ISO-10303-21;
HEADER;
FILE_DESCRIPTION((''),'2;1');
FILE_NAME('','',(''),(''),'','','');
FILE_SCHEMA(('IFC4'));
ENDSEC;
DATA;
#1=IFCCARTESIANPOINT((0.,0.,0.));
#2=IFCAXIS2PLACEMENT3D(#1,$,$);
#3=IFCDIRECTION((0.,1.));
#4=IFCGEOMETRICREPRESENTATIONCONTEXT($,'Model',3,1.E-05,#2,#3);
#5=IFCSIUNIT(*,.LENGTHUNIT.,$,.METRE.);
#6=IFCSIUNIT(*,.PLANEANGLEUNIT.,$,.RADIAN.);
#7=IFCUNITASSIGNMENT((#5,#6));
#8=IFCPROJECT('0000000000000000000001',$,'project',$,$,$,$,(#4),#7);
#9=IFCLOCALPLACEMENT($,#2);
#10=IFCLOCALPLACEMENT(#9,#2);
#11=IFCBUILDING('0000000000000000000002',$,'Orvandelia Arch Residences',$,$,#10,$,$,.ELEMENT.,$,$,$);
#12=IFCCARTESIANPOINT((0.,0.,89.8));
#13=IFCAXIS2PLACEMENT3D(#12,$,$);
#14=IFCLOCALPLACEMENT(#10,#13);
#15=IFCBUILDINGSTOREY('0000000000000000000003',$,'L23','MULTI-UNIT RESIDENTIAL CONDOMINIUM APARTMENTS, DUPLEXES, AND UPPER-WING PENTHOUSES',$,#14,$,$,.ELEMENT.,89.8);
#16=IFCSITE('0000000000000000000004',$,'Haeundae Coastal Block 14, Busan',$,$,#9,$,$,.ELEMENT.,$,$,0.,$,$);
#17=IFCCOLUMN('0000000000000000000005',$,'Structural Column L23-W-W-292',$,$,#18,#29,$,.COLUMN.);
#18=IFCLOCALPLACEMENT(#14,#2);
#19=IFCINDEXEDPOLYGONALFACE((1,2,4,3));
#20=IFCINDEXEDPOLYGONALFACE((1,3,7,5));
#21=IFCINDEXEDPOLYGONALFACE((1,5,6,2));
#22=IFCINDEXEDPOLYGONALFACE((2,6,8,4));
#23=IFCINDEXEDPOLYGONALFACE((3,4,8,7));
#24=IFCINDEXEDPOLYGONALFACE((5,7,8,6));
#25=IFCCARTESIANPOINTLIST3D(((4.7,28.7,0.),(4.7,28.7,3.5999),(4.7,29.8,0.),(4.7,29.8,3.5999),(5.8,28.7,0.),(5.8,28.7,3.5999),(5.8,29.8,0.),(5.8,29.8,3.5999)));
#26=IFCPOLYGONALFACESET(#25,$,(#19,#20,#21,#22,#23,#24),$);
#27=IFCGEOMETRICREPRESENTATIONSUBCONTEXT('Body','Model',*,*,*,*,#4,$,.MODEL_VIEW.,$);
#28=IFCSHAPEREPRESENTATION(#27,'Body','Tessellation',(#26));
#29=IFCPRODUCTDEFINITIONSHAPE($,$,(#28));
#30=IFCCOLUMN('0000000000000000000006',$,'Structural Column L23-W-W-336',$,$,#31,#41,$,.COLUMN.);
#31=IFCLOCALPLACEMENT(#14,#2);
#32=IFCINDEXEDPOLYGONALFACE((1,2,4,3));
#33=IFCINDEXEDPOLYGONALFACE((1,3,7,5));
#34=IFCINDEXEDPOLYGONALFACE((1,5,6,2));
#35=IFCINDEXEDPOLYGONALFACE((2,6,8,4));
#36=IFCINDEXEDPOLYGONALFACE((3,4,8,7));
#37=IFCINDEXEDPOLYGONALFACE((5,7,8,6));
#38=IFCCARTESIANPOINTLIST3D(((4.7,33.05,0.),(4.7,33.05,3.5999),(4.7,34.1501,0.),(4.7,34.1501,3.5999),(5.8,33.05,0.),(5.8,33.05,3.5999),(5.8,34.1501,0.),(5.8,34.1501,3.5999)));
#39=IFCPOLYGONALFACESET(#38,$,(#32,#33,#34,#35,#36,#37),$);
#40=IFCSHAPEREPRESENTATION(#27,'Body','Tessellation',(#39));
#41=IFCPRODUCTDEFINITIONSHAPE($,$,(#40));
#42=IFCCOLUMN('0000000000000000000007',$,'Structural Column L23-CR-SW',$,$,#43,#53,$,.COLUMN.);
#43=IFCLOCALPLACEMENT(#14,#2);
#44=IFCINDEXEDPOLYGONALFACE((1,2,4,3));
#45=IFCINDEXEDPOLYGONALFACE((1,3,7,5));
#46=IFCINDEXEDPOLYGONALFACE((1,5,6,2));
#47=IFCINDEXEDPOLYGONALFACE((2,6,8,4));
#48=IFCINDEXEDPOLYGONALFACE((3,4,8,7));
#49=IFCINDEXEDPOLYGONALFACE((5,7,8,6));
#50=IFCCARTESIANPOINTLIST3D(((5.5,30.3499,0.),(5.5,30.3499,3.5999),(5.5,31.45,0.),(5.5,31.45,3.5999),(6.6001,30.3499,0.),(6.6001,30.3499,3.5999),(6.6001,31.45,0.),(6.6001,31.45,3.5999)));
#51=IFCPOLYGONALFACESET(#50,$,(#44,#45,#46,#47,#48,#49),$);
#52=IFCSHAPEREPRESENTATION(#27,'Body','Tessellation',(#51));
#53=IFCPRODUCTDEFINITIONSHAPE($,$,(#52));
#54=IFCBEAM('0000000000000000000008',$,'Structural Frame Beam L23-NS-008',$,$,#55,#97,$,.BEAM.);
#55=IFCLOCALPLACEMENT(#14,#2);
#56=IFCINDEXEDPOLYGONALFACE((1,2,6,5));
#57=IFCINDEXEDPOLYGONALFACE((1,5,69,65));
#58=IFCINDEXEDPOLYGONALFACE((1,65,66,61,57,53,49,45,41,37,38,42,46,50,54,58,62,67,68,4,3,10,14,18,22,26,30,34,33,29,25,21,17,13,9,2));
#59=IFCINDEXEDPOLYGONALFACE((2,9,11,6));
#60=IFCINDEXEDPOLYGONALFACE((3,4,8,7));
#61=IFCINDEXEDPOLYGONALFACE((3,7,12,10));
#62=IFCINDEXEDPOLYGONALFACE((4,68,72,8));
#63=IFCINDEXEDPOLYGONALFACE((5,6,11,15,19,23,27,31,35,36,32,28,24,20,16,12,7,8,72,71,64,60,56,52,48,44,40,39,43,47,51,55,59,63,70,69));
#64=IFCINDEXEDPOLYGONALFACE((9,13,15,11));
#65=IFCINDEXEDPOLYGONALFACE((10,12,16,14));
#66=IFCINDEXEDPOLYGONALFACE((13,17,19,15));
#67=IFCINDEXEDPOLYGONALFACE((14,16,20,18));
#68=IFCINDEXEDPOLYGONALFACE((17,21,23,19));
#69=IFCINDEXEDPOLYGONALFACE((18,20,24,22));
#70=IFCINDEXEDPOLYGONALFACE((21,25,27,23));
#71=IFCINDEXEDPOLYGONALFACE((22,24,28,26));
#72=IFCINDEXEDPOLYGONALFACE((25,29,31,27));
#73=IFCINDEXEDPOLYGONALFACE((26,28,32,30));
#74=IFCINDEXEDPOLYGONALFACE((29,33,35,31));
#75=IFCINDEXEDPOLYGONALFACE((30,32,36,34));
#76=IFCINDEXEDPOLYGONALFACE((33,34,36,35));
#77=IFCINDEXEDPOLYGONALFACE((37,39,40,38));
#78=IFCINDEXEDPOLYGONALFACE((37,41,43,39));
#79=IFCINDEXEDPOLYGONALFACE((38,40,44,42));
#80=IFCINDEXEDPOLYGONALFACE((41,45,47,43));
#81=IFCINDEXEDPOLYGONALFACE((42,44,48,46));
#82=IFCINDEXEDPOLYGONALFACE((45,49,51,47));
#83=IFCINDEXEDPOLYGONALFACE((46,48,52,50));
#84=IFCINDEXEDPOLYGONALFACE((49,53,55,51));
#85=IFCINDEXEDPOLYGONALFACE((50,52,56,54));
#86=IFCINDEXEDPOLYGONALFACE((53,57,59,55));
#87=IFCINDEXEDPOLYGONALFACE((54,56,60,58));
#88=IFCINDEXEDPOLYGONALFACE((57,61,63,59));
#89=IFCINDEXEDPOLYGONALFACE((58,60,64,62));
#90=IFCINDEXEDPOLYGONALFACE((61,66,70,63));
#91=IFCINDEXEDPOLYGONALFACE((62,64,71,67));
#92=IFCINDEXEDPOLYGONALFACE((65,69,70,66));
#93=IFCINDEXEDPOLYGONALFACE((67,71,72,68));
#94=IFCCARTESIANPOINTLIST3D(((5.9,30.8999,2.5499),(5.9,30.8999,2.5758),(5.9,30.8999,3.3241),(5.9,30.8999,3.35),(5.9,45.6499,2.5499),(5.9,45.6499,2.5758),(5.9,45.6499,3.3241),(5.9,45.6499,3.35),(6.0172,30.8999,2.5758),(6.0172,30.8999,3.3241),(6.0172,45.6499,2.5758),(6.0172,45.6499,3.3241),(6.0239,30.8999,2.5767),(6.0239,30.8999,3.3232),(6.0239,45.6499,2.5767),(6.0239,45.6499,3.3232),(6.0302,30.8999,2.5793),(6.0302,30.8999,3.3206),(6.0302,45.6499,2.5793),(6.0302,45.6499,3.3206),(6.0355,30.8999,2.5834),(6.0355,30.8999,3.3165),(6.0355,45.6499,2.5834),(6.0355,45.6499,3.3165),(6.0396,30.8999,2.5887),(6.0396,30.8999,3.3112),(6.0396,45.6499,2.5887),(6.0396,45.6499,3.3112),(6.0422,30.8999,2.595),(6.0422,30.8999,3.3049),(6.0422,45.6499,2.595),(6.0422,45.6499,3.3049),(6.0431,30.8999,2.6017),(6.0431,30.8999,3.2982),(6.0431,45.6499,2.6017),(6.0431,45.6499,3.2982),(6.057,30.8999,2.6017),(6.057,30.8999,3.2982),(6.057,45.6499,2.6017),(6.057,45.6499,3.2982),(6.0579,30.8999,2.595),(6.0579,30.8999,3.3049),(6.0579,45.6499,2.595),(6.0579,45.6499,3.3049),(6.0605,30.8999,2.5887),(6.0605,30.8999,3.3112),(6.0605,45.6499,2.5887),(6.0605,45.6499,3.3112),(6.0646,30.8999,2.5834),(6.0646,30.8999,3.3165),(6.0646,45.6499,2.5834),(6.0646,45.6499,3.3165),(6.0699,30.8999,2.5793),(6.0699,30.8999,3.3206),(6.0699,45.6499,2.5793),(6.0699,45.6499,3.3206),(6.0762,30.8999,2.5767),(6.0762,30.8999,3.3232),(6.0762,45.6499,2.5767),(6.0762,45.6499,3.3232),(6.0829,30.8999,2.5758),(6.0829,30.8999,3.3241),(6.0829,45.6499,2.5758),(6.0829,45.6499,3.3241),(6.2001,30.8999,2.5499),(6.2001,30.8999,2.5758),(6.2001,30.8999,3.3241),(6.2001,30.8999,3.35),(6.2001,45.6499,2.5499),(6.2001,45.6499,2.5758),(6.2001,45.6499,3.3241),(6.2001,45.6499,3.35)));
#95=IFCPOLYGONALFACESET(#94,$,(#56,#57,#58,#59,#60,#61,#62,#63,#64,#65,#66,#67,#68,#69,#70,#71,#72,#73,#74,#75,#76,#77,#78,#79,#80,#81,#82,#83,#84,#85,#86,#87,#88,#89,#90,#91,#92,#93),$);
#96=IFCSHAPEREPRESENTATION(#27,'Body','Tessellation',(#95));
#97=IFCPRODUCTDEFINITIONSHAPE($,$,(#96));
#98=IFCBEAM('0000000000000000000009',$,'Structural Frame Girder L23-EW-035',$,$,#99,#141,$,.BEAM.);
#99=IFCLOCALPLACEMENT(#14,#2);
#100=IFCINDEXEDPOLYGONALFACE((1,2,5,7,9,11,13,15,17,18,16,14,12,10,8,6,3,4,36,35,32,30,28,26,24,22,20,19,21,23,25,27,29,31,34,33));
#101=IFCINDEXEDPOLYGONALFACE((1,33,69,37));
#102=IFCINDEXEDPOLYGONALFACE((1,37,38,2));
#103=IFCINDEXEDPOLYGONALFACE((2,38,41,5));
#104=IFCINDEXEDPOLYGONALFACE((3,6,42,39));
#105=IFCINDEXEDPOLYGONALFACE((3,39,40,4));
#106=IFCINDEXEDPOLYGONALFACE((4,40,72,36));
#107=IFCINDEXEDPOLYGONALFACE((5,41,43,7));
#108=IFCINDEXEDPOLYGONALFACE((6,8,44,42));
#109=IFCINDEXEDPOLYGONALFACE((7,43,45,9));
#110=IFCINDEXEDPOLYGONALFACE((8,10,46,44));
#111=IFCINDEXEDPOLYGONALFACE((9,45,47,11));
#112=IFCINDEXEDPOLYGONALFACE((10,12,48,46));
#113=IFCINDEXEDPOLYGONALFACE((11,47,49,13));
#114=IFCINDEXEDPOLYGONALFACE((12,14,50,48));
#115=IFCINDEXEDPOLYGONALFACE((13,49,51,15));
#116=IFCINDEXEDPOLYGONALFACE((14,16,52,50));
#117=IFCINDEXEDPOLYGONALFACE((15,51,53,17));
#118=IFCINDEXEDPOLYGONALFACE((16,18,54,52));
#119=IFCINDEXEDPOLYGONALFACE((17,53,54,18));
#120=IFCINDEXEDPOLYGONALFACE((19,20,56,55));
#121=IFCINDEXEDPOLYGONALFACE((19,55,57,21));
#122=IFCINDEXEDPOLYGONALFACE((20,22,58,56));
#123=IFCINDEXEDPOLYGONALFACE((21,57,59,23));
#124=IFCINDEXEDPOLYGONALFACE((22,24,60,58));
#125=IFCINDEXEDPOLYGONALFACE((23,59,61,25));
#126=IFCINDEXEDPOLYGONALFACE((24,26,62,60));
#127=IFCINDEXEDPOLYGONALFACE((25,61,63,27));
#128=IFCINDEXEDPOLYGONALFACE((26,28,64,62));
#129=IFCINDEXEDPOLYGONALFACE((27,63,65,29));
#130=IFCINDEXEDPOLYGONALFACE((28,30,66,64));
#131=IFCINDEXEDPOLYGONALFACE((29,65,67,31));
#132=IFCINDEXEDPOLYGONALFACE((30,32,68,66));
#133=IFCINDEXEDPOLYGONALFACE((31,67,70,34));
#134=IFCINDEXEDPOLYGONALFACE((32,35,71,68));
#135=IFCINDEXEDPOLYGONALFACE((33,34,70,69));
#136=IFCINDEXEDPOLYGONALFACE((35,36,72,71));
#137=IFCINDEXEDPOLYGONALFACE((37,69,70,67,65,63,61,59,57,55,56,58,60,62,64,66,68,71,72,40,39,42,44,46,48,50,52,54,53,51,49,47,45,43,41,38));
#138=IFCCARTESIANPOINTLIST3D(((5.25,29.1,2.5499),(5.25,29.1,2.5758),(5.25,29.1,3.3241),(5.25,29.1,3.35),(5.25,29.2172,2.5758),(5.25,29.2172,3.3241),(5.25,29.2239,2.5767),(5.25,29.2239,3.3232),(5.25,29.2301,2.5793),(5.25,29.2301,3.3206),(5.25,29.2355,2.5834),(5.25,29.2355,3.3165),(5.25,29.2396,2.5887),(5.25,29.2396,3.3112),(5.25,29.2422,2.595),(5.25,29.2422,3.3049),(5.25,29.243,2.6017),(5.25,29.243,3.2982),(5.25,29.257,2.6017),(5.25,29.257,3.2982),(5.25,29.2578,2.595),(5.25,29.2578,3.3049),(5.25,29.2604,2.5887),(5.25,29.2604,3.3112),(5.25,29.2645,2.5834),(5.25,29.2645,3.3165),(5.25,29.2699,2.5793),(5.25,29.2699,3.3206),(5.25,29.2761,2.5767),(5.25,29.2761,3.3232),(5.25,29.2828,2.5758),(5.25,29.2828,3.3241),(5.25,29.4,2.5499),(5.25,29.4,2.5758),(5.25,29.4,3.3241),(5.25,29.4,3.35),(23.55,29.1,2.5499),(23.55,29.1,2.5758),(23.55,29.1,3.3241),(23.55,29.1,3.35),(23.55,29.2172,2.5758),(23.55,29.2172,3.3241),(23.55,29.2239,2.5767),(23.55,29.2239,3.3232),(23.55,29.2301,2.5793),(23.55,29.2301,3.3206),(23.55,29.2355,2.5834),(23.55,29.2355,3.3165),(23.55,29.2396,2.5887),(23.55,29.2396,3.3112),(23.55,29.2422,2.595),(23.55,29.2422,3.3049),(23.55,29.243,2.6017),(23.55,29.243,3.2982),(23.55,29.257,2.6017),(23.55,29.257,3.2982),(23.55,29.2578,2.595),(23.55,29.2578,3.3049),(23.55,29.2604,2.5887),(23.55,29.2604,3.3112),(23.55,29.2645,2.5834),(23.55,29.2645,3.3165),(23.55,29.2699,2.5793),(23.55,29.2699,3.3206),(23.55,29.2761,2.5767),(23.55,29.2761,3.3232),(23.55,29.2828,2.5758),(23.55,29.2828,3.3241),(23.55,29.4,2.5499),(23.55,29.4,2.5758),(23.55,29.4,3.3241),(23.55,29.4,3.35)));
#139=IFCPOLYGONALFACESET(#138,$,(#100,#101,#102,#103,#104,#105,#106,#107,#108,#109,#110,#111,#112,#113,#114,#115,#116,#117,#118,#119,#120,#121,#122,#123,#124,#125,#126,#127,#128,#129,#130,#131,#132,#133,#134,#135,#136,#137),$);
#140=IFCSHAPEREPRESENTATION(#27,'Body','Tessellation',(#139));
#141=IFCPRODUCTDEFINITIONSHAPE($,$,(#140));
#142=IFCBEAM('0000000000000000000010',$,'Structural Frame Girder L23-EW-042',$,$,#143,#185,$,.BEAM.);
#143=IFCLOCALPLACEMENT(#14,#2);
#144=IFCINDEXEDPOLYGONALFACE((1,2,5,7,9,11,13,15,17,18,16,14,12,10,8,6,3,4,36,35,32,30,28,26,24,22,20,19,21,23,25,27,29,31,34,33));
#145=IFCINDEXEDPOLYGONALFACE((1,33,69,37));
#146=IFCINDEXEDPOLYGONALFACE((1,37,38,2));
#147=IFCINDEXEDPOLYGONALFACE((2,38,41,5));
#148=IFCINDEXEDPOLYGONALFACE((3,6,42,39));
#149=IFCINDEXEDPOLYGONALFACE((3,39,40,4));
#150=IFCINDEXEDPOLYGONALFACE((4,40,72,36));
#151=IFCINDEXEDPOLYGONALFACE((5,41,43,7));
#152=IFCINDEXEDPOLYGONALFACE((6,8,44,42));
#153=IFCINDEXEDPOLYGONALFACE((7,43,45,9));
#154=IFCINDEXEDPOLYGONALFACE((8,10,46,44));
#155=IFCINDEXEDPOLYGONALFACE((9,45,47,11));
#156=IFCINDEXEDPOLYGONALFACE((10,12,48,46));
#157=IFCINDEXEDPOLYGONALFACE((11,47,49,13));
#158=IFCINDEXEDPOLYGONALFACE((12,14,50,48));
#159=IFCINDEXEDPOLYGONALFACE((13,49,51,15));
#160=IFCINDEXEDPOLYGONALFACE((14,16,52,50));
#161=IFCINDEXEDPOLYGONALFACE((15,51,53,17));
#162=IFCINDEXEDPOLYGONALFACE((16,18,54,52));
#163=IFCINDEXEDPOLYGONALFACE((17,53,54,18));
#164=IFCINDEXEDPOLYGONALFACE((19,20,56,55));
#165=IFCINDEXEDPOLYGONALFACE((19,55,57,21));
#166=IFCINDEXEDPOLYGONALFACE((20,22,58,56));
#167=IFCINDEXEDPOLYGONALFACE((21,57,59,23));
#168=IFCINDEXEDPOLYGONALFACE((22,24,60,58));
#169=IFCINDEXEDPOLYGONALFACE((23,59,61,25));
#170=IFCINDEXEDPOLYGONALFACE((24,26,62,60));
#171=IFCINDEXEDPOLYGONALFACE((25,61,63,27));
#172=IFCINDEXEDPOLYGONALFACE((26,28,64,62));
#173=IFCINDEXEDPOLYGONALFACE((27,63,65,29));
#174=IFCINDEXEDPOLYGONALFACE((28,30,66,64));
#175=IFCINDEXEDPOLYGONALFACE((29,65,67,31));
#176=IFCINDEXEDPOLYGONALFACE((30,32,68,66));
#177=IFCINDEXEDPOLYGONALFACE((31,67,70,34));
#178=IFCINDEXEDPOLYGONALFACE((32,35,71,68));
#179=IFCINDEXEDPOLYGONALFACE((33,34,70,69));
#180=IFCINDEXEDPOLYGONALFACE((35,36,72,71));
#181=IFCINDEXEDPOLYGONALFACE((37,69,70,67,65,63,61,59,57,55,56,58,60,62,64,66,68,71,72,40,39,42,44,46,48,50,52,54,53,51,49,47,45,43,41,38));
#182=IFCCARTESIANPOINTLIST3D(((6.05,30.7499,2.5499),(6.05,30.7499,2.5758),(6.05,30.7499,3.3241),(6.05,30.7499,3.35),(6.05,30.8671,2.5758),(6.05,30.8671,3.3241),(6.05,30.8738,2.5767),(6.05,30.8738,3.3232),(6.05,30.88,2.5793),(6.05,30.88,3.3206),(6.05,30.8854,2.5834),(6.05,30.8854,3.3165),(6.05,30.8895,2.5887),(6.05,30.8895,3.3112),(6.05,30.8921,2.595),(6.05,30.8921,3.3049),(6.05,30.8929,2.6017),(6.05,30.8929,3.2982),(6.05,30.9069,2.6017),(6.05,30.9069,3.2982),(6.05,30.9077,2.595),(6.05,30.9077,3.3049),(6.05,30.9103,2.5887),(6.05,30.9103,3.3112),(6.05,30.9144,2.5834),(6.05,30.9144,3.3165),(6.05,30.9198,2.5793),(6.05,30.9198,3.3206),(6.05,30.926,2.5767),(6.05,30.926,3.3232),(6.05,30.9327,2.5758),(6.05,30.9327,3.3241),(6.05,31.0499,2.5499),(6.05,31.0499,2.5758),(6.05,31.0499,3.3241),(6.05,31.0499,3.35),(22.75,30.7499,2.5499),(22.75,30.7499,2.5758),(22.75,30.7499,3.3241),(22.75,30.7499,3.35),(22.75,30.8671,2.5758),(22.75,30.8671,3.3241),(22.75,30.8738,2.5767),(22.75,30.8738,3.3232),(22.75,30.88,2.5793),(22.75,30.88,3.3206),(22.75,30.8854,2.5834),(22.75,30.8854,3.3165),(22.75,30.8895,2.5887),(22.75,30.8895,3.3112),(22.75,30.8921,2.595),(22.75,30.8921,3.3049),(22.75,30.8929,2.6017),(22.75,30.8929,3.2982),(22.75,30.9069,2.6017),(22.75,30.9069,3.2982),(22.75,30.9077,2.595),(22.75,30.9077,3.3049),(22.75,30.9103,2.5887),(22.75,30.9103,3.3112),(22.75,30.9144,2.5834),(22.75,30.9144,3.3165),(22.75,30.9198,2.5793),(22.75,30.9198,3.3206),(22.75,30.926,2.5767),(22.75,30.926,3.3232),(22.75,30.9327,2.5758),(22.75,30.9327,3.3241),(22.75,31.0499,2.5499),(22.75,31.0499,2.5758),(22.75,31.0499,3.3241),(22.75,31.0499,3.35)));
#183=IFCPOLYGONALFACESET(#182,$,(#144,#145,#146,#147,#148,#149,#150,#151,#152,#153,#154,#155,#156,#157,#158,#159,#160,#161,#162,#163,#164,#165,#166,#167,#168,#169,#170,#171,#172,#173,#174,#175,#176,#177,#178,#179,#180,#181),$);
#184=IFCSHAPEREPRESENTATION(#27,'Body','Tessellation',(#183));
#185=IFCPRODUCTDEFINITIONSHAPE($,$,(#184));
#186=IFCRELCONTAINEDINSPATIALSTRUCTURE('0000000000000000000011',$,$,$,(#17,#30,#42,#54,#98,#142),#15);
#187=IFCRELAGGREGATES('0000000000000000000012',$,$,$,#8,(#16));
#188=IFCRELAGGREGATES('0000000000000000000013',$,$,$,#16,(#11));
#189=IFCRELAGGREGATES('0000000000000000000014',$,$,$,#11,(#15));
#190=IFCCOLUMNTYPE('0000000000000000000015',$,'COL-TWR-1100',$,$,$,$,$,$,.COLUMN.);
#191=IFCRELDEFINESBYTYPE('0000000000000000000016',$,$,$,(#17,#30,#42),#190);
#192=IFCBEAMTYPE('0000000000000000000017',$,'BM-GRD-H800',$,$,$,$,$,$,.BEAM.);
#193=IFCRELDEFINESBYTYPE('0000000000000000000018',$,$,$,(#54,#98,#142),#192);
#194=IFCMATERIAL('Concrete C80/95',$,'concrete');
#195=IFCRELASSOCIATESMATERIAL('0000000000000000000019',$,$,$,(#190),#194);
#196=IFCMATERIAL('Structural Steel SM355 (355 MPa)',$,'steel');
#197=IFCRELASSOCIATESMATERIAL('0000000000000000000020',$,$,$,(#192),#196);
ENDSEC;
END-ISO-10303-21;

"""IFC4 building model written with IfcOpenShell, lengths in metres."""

from ifc_helpers import new_model, si_unit, direction, frame, origin, origin_2d, place, context, subcontext, project, spatial, rectangle, i_section, extrude, material, material_profile, profile_set, type_object, element, save


model = new_model("IFC4")

# Units and contexts
model_context = context("Model", 3, precision=1e-05, world=origin(), true_north=direction((0.0, 1.0)))
body_context = subcontext(model_context, "Body", "Model", "MODEL_VIEW")
ifc_project = project(units=[si_unit("LENGTHUNIT", "METRE"), si_unit("PLANEANGLEUNIT", "RADIAN")], contexts=[model_context])

# Site, building, storey
site_placement = place(None, origin())
site = spatial("IfcSite", under=ifc_project, at=site_placement, Name="Haeundae Coastal Block 14, Busan", CompositionType="ELEMENT", RefElevation=0.0)
building_placement = place(site_placement, origin())
building = spatial("IfcBuilding", under=site, at=building_placement, Name="Orvandelia Arch Residences", CompositionType="ELEMENT")
storey_placement = place(building_placement, frame((0.0, 0.0, 89.8)))
storey = spatial("IfcBuildingStorey", under=building, at=storey_placement, Name="L23", Description="MULTI-UNIT RESIDENTIAL CONDOMINIUM APARTMENTS, DUPLEXES, AND UPPER-WING PENTHOUSES", CompositionType="ELEMENT", Elevation=89.8)

# Columns
ifc_material_1 = material(Name="Concrete C80/95", Category="concrete")
ifc_material_profile_1 = material_profile(ifc_material_1, rectangle(XDim=1.1001, YDim=1.1001, at=origin_2d()), Name="Concrete C80/95", Category="concrete")
ifc_profile_set_1 = profile_set([ifc_material_profile_1], Name="Concrete C80/95")
column_type = type_object("IfcColumnType", Name="COL-TWR-1100", PredefinedType="COLUMN", material=ifc_profile_set_1)
for number, where, z_axis, x_axis, name in (
    (1, (5.25, 29.25, 0.0), (0.0, 0.0, 1.0), (1.0, 0.0, 0.0), "Structural Column L23-W-W-292"),
    (2, (5.25, 33.6001, 0.0), (0.0, 0.0, 1.0), (1.0, 0.0, 0.0), "Structural Column L23-W-W-336"),
    (3, (6.05, 30.8999, 0.0), (0.0, 0.0, 1.0), (1.0, 0.0, 0.0), "Structural Column L23-CR-SW"),
):
    element("IfcColumn", number, at=place(storey_placement, frame(where, z_axis=z_axis, x_axis=x_axis)), inside=storey, type_object=column_type, Name=name, PredefinedType="COLUMN", context=body_context, shape_type="SweptSolid", body=[
        extrude(rectangle(XDim=1.1001, YDim=1.1001, at=origin_2d()), origin(), (0.0, 0.0, 1.0), 3.5999),
    ])

# Beams
ifc_material_2 = material(Name="Structural Steel SM355 (355 MPa)", Category="steel")
ifc_material_profile_2 = material_profile(ifc_material_2, i_section(OverallWidth=0.3, OverallDepth=0.8, WebThickness=0.0139, FlangeThickness=0.0259, FilletRadius=0.0259, at=origin_2d()), Name="Structural Steel SM355 (355 MPa)", Category="steel")
ifc_profile_set_2 = profile_set([ifc_material_profile_2], Name="Structural Steel SM355 (355 MPa)")
beam_type_1 = type_object("IfcBeamType", Name="BM-GRD-H800", PredefinedType="BEAM", material=ifc_profile_set_2)
beam_1_placement = place(storey_placement, frame((6.05, 30.8999, 2.95), z_axis=(0.0, 1.0, 0.0), x_axis=(-1.0, 0.0, 0.0)))
element("IfcBeam", 4, at=beam_1_placement, inside=storey, type_object=beam_type_1, Name="Structural Frame Beam L23-NS-008", PredefinedType="BEAM", context=body_context, shape_type="SweptSolid", body=[
    extrude(i_section(OverallWidth=0.3, OverallDepth=0.8, WebThickness=0.0139, FlangeThickness=0.0259, FilletRadius=0.0259, at=origin_2d()), origin(), (0.0, 0.0, 1.0), 14.75),
])
beam_2_placement = place(storey_placement, frame((5.25, 29.25, 2.95), z_axis=(1.0, 0.0, 0.0), x_axis=(0.0, 1.0, 0.0)))
element("IfcBeam", 5, at=beam_2_placement, inside=storey, type_object=beam_type_1, Name="Structural Frame Girder L23-EW-035", PredefinedType="BEAM", context=body_context, shape_type="SweptSolid", body=[
    extrude(i_section(OverallWidth=0.3, OverallDepth=0.8, WebThickness=0.0139, FlangeThickness=0.0259, FilletRadius=0.0259, at=origin_2d()), origin(), (0.0, 0.0, 1.0), 18.3),
])
beam_3_placement = place(storey_placement, frame((6.05, 30.8999, 2.95), z_axis=(1.0, 0.0, 0.0), x_axis=(0.0, 1.0, 0.0)))
element("IfcBeam", 6, at=beam_3_placement, inside=storey, type_object=beam_type_1, Name="Structural Frame Girder L23-EW-042", PredefinedType="BEAM", context=body_context, shape_type="SweptSolid", body=[
    extrude(i_section(OverallWidth=0.3, OverallDepth=0.8, WebThickness=0.0139, FlangeThickness=0.0259, FilletRadius=0.0259, at=origin_2d()), origin(), (0.0, 0.0, 1.0), 16.7),
])

save(model, "model.ifc")
